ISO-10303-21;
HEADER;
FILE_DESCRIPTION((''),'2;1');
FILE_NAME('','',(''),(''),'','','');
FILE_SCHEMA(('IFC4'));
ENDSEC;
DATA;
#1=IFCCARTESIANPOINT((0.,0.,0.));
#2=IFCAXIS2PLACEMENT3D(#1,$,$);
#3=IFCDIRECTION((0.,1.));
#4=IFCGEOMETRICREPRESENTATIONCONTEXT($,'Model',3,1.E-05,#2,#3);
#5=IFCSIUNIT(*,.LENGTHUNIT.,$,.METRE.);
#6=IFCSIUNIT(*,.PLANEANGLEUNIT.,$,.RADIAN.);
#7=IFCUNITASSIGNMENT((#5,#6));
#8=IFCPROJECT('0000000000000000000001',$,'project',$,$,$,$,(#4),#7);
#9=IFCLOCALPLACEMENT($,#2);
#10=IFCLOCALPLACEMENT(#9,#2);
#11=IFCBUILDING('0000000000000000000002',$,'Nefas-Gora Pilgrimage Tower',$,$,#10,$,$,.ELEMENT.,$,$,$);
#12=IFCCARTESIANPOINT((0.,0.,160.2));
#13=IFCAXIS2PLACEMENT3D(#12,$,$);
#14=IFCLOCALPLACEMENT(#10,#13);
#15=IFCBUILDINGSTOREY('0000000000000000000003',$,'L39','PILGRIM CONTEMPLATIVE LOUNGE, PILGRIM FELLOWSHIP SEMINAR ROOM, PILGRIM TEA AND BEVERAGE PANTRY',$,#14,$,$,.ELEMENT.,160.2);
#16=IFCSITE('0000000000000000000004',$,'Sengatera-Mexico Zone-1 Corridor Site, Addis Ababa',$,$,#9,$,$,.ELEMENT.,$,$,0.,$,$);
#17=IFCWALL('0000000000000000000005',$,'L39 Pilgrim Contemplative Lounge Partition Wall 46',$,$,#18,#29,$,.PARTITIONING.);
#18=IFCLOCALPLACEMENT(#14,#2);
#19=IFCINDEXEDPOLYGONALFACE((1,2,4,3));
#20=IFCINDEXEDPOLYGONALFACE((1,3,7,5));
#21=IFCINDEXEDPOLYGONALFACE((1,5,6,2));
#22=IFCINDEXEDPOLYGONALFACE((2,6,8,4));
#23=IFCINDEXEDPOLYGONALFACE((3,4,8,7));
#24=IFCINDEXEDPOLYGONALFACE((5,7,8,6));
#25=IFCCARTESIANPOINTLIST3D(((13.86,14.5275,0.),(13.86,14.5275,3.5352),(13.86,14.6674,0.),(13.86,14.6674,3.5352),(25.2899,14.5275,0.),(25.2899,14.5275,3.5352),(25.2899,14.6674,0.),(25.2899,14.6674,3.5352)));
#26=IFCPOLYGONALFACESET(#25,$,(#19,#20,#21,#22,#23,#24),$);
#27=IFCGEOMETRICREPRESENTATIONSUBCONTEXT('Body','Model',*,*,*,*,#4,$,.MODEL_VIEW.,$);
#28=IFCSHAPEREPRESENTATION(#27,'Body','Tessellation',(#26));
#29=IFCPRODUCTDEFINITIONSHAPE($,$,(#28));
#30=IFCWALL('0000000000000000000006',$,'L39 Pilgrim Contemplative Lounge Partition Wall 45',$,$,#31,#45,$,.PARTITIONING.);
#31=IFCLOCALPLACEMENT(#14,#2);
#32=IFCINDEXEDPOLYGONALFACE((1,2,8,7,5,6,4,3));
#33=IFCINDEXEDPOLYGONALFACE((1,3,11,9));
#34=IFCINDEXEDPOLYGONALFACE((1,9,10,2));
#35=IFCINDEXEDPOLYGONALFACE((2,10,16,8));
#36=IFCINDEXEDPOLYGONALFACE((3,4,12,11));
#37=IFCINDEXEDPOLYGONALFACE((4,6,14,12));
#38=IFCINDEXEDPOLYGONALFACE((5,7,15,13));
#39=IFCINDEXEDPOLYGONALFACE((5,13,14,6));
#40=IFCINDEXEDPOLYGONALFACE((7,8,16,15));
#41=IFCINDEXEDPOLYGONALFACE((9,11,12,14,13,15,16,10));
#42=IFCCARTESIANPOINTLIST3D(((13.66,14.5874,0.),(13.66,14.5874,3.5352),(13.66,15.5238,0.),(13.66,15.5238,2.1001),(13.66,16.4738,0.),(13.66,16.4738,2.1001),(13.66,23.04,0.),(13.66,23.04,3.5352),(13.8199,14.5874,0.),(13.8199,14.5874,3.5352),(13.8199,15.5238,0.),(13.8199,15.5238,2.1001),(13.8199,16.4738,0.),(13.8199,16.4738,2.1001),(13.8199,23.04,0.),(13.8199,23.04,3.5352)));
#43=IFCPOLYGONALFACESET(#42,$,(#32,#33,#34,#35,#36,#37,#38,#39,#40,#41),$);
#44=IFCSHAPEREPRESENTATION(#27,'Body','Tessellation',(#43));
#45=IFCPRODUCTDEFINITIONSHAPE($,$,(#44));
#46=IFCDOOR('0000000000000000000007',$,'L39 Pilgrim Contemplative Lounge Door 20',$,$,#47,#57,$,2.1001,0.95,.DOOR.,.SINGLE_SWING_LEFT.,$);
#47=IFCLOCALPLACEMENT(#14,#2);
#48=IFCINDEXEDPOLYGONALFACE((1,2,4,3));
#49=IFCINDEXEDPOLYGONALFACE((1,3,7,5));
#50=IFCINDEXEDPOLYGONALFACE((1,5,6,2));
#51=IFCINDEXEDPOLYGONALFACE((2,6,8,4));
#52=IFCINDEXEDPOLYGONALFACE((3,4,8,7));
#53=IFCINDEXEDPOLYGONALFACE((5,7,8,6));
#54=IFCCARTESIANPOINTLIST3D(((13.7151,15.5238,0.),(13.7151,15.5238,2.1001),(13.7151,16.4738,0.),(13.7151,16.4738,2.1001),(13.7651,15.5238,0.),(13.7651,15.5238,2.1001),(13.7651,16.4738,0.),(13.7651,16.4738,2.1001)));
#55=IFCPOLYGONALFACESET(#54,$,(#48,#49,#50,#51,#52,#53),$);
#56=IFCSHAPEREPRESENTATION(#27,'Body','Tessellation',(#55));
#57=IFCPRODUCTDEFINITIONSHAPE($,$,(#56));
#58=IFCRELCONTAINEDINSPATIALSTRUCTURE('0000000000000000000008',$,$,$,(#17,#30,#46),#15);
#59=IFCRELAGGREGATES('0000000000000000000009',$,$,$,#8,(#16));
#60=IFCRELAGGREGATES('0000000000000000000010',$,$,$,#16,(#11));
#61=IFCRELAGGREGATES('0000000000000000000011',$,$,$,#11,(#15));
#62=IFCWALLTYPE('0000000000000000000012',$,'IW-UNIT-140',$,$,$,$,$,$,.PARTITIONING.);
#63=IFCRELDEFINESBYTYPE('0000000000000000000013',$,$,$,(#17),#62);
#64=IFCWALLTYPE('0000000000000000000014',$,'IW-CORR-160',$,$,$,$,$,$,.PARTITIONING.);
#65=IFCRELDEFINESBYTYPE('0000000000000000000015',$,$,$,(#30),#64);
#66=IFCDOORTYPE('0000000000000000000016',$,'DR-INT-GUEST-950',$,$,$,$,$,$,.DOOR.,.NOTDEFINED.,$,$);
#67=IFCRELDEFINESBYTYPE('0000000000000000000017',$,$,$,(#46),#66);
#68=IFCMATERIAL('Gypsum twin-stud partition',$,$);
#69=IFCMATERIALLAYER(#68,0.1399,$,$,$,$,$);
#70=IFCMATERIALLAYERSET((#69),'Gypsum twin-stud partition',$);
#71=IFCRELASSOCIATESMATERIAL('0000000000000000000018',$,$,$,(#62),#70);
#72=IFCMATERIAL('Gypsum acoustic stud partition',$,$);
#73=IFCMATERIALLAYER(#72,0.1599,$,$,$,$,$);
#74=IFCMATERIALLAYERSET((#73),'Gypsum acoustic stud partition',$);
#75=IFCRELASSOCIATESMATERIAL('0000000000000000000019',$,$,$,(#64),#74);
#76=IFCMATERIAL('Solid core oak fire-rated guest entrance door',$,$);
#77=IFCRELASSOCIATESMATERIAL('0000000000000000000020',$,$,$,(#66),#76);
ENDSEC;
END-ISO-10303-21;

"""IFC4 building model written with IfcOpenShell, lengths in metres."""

from ifc_helpers import new_model, si_unit, direction, frame, frame_2d, origin, place, context, subcontext, project, spatial, rectangle, extrude, source, transform, mapped, material, layer, layer_set, type_object, element, fill, save


model = new_model("IFC4")

# Units and contexts
model_context = context("Model", 3, precision=1e-05, world=origin(), true_north=direction((0.0, 1.0)))
body_context = subcontext(model_context, "Body", "Model", "MODEL_VIEW")
ifc_project = project(units=[si_unit("LENGTHUNIT", "METRE"), si_unit("PLANEANGLEUNIT", "RADIAN")], contexts=[model_context])

# Site, building, storey
site_placement = place(None, origin())
site = spatial("IfcSite", under=ifc_project, at=site_placement, Name="Sengatera-Mexico Zone-1 Corridor Site, Addis Ababa", CompositionType="ELEMENT", RefElevation=0.0)
building_placement = place(site_placement, origin())
building = spatial("IfcBuilding", under=site, at=building_placement, Name="Nefas-Gora Pilgrimage Tower", CompositionType="ELEMENT")
storey_placement = place(building_placement, frame((0.0, 0.0, 160.2)))
storey = spatial("IfcBuildingStorey", under=building, at=storey_placement, Name="L39", Description="PILGRIM CONTEMPLATIVE LOUNGE, PILGRIM FELLOWSHIP SEMINAR ROOM, PILGRIM TEA AND BEVERAGE PANTRY", CompositionType="ELEMENT", Elevation=160.2)

# Wall
ifc_material_1 = material(Name="Gypsum twin-stud partition")
ifc_layer_1 = layer(ifc_material_1, 0.1399)
ifc_layer_set_1 = layer_set([ifc_layer_1], Name="Gypsum twin-stud partition")
wall_type_1 = type_object("IfcWallType", Name="IW-UNIT-140", PredefinedType="PARTITIONING", material=ifc_layer_set_1)
shared_shape_1 = source(origin(), body_context, "Body", "SweptSolid", [
    extrude(rectangle(XDim=11.4299, YDim=0.1399, at=frame_2d((5.7148, 0.0))), origin(), (0.0, 0.0, 1.0), 3.5352),
])
wall_1_placement = place(storey_placement, frame((13.8601, 14.5974, 0.0), z_axis=(0.0, 0.0, 1.0), x_axis=(1.0, 0.0, 0.0)))
element("IfcWall", 1, at=wall_1_placement, inside=storey, type_object=wall_type_1, Name="L39 Pilgrim Contemplative Lounge Partition Wall 46", PredefinedType="PARTITIONING", context=body_context, shape_type="MappedRepresentation", body=[
    mapped(shared_shape_1, transform((0.0, 0.0, 0.0), x_axis=(1.0, 0.0, 0.0), y_axis=(0.0, 1.0, 0.0), z_axis=(0.0, 0.0, 1.0), scale=1.0)),
])

# Wall, opening, door
ifc_material_2 = material(Name="Gypsum acoustic stud partition")
ifc_layer_2 = layer(ifc_material_2, 0.1599)
ifc_layer_set_2 = layer_set([ifc_layer_2], Name="Gypsum acoustic stud partition")
wall_type_2 = type_object("IfcWallType", Name="IW-CORR-160", PredefinedType="PARTITIONING", material=ifc_layer_set_2)
shared_shape_2 = source(origin(), body_context, "Body", "SweptSolid", [
    extrude(rectangle(XDim=8.4526, YDim=0.1599, at=frame_2d((4.2263, 0.0))), origin(), (0.0, 0.0, 1.0), 3.5352),
])
wall_2_placement = place(storey_placement, frame((13.74, 14.5874, 0.0), z_axis=(0.0, 0.0, 1.0), x_axis=(0.0, 1.0, 0.0)))
wall_2 = element("IfcWall", 2, at=wall_2_placement, inside=storey, type_object=wall_type_2, Name="L39 Pilgrim Contemplative Lounge Partition Wall 45", PredefinedType="PARTITIONING", context=body_context, shape_type="MappedRepresentation", body=[
    mapped(shared_shape_2, transform((0.0, 0.0, 0.0), x_axis=(1.0, 0.0, 0.0), y_axis=(0.0, 1.0, 0.0), z_axis=(0.0, 0.0, 1.0), scale=1.0)),
])
opening_1_placement = place(wall_2_placement, frame((0.9363, 0.0, 0.0)))
opening_1 = element("IfcOpeningElement", 3, at=opening_1_placement, cuts=wall_2, PredefinedType="OPENING", context=body_context, shape_type="SweptSolid", body=[
    extrude(rectangle(XDim=0.95, YDim=2.1001, at=frame_2d((0.4751, 1.05))), frame((0.0, 0.0898, 0.0), z_axis=(0.0, -1.0, 0.0), x_axis=(1.0, 0.0, 0.0)), (0.0, 0.0, 1.0), 0.1799),
])
ifc_material_3 = material(Name="Solid core oak fire-rated guest entrance door")
door_type = type_object("IfcDoorType", Name="DR-INT-GUEST-950", OperationType="NOTDEFINED", PredefinedType="DOOR", material=ifc_material_3)
shared_shape_3 = source(origin(), body_context, "Body", "SweptSolid", [
    extrude(rectangle(XDim=0.95, YDim=2.1001, at=frame_2d((0.4751, 1.05))), frame((0.0, 0.0249, 0.0), z_axis=(0.0, -1.0, 0.0), x_axis=(1.0, 0.0, 0.0)), (0.0, 0.0, 1.0), 0.05),
])
door_placement = place(opening_1_placement, origin())
door = element("IfcDoor", 4, at=door_placement, inside=storey, type_object=door_type, Name="L39 Pilgrim Contemplative Lounge Door 20", OperationType="SINGLE_SWING_LEFT", OverallHeight=2.1001, OverallWidth=0.95, PredefinedType="DOOR", context=body_context, shape_type="MappedRepresentation", body=[
    mapped(shared_shape_3, transform((0.0, 0.0, 0.0), x_axis=(1.0, 0.0, 0.0), y_axis=(0.0, 1.0, 0.0), z_axis=(0.0, 0.0, 1.0), scale=1.0)),
])
fill(opening_1, door)

save(model, "model.ifc")
